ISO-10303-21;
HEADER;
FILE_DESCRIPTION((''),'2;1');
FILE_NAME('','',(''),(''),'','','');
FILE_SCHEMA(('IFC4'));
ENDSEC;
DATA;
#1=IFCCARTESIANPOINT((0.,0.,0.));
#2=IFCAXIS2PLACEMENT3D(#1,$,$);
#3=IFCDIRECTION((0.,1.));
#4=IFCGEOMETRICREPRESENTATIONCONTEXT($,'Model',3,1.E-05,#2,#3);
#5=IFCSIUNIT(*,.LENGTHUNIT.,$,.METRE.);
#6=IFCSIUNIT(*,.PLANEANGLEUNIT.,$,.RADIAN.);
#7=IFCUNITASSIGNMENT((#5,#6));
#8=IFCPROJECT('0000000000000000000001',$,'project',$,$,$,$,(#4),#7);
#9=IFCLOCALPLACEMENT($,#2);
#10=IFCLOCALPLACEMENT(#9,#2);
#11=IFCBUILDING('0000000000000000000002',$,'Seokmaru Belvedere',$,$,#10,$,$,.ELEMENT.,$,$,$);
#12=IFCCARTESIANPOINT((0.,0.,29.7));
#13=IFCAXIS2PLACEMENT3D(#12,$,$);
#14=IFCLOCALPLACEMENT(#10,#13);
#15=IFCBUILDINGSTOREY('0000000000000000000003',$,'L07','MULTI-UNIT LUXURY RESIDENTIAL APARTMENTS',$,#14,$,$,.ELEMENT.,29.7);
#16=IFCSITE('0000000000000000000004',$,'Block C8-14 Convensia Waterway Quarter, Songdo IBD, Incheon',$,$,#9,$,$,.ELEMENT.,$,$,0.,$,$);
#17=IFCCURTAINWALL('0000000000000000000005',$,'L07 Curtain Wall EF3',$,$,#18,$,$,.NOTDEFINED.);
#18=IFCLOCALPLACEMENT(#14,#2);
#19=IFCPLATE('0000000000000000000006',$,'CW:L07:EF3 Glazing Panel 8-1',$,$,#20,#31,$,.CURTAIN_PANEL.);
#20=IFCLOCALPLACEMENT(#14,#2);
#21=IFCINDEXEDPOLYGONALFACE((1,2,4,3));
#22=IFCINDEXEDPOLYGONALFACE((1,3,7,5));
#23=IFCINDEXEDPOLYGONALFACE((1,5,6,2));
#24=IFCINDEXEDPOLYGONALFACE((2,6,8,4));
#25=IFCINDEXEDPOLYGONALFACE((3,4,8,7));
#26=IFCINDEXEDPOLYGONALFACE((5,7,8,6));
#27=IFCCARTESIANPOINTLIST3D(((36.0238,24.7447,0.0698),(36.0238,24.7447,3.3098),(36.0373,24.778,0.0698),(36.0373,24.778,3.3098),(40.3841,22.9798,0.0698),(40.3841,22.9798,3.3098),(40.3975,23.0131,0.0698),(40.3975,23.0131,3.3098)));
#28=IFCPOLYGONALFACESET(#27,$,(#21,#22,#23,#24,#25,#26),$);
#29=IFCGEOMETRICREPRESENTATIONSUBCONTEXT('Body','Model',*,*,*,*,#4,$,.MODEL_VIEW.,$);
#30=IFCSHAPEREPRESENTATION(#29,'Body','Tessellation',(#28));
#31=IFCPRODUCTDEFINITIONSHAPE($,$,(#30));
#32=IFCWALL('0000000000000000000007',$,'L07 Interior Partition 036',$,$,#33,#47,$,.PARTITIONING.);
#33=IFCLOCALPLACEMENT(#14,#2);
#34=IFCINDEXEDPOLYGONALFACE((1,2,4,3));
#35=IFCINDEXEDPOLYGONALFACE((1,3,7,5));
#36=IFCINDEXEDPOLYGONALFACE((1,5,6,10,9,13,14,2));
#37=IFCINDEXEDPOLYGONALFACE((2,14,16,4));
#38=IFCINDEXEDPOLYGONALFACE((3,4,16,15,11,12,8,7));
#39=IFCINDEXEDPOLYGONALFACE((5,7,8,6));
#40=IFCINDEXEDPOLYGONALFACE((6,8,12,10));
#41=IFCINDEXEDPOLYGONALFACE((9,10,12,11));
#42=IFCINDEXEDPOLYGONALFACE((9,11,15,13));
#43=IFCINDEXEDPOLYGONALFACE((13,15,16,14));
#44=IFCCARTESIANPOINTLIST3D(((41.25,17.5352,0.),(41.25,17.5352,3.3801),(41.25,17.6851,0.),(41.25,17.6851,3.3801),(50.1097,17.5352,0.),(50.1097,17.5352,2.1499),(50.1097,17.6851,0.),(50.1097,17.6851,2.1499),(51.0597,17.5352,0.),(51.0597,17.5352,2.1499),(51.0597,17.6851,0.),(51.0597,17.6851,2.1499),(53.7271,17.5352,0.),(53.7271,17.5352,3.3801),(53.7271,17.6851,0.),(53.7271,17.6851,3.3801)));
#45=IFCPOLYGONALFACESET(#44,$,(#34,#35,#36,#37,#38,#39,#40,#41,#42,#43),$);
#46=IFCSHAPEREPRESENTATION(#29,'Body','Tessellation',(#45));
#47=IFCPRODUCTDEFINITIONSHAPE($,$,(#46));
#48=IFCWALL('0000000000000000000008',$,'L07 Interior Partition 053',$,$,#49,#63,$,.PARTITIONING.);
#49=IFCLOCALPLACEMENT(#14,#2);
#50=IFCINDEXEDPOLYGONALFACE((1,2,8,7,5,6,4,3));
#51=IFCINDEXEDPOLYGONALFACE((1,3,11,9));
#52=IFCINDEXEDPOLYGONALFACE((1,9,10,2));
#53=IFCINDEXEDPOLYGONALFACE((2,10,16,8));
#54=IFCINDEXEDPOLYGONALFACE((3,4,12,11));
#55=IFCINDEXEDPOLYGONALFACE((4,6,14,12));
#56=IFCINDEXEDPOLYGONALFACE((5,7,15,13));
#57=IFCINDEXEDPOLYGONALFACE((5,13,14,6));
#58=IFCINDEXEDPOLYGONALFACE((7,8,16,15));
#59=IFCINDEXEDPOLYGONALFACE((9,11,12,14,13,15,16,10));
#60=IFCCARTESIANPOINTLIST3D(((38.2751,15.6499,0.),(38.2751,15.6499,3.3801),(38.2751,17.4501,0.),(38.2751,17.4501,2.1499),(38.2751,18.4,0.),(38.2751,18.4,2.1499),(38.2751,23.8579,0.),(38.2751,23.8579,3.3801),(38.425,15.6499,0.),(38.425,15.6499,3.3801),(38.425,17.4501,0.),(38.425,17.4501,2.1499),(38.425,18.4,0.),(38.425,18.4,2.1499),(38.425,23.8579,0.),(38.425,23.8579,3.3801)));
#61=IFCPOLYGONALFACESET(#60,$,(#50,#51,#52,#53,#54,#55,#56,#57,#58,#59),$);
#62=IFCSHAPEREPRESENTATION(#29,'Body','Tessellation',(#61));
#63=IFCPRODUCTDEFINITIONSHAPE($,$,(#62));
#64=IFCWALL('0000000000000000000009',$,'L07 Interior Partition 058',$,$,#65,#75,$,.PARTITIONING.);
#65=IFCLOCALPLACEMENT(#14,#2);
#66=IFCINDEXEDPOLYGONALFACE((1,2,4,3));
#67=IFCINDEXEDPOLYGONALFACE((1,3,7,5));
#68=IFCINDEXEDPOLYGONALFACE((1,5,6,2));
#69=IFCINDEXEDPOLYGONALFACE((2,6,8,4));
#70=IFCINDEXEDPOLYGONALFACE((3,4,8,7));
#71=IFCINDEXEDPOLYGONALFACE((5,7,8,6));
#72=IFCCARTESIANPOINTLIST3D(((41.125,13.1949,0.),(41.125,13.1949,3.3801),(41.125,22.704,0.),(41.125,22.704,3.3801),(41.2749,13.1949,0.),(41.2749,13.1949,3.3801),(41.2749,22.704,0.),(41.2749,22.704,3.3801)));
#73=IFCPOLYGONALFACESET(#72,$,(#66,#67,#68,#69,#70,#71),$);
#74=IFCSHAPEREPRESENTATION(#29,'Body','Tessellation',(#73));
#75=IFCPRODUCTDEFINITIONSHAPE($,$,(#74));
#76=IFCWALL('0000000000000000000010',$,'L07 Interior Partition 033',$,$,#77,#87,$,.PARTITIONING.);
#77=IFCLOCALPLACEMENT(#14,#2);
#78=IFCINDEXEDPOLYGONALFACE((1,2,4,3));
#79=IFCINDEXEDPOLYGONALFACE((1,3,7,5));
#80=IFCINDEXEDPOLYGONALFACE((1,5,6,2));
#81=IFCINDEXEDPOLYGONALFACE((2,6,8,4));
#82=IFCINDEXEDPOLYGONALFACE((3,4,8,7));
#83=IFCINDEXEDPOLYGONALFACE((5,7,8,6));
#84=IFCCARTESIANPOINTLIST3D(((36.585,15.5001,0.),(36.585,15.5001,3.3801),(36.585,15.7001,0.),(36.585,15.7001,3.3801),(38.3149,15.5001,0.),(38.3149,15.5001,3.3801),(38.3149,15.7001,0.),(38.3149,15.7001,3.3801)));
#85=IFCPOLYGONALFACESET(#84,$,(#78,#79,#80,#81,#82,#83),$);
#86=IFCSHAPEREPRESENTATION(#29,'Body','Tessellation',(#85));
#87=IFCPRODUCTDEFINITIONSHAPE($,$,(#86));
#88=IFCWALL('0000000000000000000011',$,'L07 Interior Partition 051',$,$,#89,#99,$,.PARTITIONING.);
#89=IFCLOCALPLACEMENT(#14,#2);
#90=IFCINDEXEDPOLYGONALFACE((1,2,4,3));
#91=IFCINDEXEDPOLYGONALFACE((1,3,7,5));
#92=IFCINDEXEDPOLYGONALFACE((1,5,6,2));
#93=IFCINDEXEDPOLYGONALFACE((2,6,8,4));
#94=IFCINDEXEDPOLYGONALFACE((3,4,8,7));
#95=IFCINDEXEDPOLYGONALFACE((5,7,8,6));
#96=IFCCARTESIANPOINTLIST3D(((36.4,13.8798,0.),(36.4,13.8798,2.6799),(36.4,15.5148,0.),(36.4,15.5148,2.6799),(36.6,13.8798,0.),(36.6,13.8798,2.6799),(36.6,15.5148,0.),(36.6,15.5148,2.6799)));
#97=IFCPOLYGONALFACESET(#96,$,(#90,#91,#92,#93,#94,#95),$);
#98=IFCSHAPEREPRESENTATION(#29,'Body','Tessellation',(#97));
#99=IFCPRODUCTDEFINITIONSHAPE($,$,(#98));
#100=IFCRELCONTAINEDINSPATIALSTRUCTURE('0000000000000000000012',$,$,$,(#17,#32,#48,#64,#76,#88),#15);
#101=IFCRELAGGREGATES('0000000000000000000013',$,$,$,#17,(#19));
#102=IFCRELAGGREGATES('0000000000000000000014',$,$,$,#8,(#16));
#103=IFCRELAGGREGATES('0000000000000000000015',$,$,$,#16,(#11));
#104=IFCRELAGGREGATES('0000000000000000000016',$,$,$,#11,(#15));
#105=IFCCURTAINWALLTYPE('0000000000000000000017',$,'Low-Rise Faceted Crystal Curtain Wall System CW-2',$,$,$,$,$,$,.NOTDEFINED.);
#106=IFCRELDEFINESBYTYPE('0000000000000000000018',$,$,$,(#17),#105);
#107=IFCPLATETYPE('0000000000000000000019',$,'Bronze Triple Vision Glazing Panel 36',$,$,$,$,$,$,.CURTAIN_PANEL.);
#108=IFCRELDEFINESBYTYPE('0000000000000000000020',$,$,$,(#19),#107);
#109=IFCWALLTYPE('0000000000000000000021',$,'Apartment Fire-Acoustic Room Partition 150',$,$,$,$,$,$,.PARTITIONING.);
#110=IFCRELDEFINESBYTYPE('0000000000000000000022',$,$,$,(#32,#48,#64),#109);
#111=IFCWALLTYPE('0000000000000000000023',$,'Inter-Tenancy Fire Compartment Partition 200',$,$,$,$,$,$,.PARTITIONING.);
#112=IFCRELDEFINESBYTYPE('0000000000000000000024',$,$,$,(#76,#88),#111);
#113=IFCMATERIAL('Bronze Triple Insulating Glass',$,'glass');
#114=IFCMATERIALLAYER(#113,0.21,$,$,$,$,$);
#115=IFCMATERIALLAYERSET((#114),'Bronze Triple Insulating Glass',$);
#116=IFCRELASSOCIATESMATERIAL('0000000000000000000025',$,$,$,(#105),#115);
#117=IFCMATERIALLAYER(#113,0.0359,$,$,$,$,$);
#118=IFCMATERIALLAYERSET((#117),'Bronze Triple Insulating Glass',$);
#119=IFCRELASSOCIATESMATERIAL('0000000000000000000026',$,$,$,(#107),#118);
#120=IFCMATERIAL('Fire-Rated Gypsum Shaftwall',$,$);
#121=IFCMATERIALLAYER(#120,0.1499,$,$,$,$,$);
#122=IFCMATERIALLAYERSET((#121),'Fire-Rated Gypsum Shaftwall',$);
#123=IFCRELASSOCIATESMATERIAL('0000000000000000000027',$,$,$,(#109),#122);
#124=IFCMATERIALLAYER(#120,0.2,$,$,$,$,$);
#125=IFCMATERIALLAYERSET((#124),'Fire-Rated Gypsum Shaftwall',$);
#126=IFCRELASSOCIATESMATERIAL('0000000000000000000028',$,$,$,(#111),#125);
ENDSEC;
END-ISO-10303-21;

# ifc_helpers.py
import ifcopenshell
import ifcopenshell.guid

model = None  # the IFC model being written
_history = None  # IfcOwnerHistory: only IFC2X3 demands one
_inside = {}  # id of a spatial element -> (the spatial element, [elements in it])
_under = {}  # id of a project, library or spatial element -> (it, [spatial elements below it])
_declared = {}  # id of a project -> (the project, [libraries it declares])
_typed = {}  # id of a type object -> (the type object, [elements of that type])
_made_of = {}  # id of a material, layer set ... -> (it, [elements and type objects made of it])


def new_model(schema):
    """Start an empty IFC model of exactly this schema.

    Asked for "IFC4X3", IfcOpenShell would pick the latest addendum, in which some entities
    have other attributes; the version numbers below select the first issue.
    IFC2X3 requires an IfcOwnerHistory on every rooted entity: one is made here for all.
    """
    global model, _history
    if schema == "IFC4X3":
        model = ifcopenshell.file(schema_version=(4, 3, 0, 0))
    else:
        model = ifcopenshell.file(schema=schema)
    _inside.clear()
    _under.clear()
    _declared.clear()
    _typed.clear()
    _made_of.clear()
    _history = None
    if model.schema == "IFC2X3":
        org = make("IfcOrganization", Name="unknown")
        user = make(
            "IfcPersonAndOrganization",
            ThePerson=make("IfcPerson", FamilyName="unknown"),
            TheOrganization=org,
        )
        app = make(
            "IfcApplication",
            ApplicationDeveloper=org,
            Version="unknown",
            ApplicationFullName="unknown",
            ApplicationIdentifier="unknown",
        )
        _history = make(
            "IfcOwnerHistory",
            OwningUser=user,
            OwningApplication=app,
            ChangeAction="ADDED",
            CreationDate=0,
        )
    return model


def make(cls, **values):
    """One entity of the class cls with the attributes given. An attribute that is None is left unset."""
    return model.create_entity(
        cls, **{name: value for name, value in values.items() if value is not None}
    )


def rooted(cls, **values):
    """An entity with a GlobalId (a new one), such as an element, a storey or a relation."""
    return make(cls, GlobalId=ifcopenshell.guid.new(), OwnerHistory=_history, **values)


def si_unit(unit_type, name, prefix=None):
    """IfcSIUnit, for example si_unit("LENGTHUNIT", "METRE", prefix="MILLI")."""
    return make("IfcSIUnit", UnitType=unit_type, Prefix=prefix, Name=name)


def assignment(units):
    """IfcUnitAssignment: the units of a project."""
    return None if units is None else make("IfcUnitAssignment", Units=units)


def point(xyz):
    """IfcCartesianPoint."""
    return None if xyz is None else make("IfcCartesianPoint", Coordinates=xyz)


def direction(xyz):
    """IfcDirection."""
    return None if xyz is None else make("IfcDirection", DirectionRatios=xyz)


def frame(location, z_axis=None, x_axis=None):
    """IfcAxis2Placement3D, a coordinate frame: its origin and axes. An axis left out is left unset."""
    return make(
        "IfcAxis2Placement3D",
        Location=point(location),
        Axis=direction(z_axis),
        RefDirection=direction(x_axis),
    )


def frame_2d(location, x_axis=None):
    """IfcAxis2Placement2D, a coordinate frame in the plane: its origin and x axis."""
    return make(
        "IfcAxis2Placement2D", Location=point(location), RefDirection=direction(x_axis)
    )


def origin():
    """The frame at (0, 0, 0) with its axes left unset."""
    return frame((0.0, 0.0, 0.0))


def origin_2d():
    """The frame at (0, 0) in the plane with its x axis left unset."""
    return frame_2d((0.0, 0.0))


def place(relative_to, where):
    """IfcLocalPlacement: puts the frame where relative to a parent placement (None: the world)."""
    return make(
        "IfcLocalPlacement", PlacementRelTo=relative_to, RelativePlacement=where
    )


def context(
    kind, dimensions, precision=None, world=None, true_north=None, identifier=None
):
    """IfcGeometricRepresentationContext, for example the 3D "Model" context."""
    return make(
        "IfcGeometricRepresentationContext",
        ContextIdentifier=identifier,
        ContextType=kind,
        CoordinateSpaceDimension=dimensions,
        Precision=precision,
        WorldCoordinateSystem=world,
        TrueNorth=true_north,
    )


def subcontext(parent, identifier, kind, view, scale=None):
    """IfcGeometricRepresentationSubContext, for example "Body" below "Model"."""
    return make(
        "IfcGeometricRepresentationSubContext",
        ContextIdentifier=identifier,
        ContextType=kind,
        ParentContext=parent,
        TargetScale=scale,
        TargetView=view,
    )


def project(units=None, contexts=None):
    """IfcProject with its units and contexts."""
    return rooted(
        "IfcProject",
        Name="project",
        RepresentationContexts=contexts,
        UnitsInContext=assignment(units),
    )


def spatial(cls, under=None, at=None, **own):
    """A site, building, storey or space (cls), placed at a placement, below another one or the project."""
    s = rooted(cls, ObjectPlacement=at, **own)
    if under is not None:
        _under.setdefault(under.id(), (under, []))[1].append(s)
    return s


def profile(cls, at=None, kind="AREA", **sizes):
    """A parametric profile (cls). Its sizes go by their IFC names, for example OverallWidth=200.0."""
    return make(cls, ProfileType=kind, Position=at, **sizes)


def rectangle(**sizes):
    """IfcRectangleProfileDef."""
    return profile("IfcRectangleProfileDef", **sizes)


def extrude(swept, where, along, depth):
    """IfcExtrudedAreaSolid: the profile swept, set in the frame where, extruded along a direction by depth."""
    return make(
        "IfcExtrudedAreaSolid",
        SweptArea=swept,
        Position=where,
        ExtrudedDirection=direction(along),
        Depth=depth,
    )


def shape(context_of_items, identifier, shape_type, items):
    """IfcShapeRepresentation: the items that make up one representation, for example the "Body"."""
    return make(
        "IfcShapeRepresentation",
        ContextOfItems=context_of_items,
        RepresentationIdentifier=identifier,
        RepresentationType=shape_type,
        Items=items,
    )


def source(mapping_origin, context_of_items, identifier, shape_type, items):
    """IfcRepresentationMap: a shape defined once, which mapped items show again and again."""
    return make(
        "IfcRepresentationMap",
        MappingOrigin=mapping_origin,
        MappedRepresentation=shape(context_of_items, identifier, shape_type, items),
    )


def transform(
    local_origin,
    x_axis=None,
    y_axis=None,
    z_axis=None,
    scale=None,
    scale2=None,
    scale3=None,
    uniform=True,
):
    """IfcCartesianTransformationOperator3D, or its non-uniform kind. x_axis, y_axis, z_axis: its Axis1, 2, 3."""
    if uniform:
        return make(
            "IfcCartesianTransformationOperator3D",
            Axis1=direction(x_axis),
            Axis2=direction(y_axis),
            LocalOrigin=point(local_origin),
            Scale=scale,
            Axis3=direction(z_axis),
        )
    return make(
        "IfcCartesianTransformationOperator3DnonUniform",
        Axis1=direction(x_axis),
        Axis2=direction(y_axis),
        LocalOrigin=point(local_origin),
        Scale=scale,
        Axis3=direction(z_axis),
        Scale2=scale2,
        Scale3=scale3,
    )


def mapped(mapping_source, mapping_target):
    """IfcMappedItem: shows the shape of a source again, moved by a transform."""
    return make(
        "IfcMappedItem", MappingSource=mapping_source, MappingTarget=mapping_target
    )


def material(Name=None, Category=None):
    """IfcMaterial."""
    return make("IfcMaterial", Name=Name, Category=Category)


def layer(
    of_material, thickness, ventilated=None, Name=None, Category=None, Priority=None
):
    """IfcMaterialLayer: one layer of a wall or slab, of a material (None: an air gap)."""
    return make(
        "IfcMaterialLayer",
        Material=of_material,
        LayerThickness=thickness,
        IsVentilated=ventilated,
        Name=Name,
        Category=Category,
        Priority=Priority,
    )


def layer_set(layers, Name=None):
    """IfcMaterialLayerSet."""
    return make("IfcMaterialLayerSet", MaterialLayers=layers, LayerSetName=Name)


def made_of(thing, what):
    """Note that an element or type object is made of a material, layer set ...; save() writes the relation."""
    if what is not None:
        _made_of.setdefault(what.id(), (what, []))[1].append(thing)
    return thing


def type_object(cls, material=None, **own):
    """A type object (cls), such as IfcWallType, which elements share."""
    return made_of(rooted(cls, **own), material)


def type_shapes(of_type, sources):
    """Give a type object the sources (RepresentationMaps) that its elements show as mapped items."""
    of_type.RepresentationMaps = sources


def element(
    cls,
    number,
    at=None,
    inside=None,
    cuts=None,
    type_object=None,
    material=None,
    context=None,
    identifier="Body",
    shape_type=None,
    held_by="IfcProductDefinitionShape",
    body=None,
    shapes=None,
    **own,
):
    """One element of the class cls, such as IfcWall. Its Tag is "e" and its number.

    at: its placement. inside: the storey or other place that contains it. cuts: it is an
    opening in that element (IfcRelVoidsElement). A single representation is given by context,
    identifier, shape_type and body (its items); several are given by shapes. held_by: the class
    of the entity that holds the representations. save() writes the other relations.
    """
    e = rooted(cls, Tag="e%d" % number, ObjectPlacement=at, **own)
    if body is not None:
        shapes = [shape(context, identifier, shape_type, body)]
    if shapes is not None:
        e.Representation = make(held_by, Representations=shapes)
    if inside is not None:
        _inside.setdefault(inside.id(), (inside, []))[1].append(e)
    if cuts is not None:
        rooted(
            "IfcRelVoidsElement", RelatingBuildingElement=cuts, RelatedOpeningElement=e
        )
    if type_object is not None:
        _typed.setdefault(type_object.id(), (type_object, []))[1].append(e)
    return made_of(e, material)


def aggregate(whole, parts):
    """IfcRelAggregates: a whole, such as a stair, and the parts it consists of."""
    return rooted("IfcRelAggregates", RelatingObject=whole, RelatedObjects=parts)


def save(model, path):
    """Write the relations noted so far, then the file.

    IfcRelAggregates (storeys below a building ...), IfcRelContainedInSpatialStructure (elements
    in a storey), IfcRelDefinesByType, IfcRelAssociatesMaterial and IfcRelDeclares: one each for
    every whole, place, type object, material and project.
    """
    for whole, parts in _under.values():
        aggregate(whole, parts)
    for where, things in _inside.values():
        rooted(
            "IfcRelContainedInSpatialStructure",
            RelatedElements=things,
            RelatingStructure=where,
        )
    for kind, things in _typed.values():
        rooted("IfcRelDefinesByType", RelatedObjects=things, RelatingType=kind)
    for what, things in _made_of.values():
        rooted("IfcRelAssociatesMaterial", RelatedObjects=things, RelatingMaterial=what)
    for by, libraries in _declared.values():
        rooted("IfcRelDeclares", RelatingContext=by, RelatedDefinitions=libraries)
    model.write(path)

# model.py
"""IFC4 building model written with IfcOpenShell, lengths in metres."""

from ifc_helpers import new_model, si_unit, direction, frame, frame_2d, origin, origin_2d, place, context, subcontext, project, spatial, rectangle, extrude, source, transform, mapped, material, layer, layer_set, type_object, type_shapes, element, aggregate, save


model = new_model("IFC4")

# Units and contexts
model_context = context("Model", 3, precision=1e-05, world=origin(), true_north=direction((0.0, 1.0)))
body_context = subcontext(model_context, "Body", "Model", "MODEL_VIEW")
ifc_project = project(units=[si_unit("LENGTHUNIT", "METRE"), si_unit("PLANEANGLEUNIT", "RADIAN")], contexts=[model_context])

# Site, building, storey
site_placement = place(None, origin())
site = spatial("IfcSite", under=ifc_project, at=site_placement, Name="Block C8-14 Convensia Waterway Quarter, Songdo IBD, Incheon", CompositionType="ELEMENT", RefElevation=0.0)
building_placement = place(site_placement, origin())
building = spatial("IfcBuilding", under=site, at=building_placement, Name="Seokmaru Belvedere", CompositionType="ELEMENT")
storey_placement = place(building_placement, frame((0.0, 0.0, 29.7)))
storey = spatial("IfcBuildingStorey", under=building, at=storey_placement, Name="L07", Description="MULTI-UNIT LUXURY RESIDENTIAL APARTMENTS", CompositionType="ELEMENT", Elevation=29.7)

# Curtain wall, plate
ifc_material_1 = material(Name="Bronze Triple Insulating Glass", Category="glass")
ifc_layer_1 = layer(ifc_material_1, 0.21)
ifc_layer_set_1 = layer_set([ifc_layer_1], Name="Bronze Triple Insulating Glass")
curtain_wall_type = type_object("IfcCurtainWallType", Name="Low-Rise Faceted Crystal Curtain Wall System CW-2", PredefinedType="NOTDEFINED", material=ifc_layer_set_1)
curtain_wall_placement = place(storey_placement, origin())
curtain_wall = element("IfcCurtainWall", 1, at=curtain_wall_placement, inside=storey, type_object=curtain_wall_type, Name="L07 Curtain Wall EF3", PredefinedType="NOTDEFINED")
ifc_layer_2 = layer(ifc_material_1, 0.0359)
ifc_layer_set_2 = layer_set([ifc_layer_2], Name="Bronze Triple Insulating Glass")
plate_type = type_object("IfcPlateType", Name="Bronze Triple Vision Glazing Panel 36", PredefinedType="CURTAIN_PANEL", material=ifc_layer_set_2)
shared_shape_1 = source(origin(), body_context, "Body", "SweptSolid", [
    extrude(rectangle(XDim=4.7039, YDim=0.0359, at=origin_2d()), origin(), (0.0, 0.0, 1.0), 3.24),
])
type_shapes(plate_type, [shared_shape_1])
plate_1_placement = place(storey_placement, frame((38.2107, 23.8789, 0.0698), z_axis=(0.0, 0.0, 1.0), x_axis=(-0.926947, 0.375192, 0.0)))
plate_1 = element("IfcPlate", 2, at=plate_1_placement, type_object=plate_type, Name="CW:L07:EF3 Glazing Panel 8-1", PredefinedType="CURTAIN_PANEL", context=body_context, shape_type="MappedRepresentation", body=[
    mapped(shared_shape_1, transform((0.0, 0.0, 0.0), scale=1.0)),
])
aggregate(curtain_wall, [plate_1])

# Walls, openings
ifc_material_2 = material(Name="Fire-Rated Gypsum Shaftwall")
ifc_layer_3 = layer(ifc_material_2, 0.1499)
ifc_layer_set_3 = layer_set([ifc_layer_3], Name="Fire-Rated Gypsum Shaftwall")
wall_type_1 = type_object("IfcWallType", Name="Apartment Fire-Acoustic Room Partition 150", PredefinedType="PARTITIONING", material=ifc_layer_set_3)
wall_1_placement = place(storey_placement, frame((41.25, 17.6101, 0.0), z_axis=(0.0, 0.0, 1.0), x_axis=(1.0, 0.0, 0.0)))
wall_1 = element("IfcWall", 3, at=wall_1_placement, inside=storey, type_object=wall_type_1, Name="L07 Interior Partition 036", PredefinedType="PARTITIONING", context=body_context, shape_type="SweptSolid", body=[
    extrude(rectangle(XDim=12.4771, YDim=0.1499, at=frame_2d((6.2385, 0.0))), origin(), (0.0, 0.0, 1.0), 3.3801),
])
opening_1_placement = place(wall_1_placement, frame((8.8596, 0.0, 0.0)))
element("IfcOpeningElement", 4, at=opening_1_placement, cuts=wall_1, PredefinedType="OPENING", context=body_context, shape_type="SweptSolid", body=[
    extrude(rectangle(XDim=0.95, YDim=2.1499, at=frame_2d((0.4751, 1.075))), frame((0.0, 0.085, 0.0), z_axis=(0.0, -1.0, 0.0), x_axis=(1.0, 0.0, 0.0)), (0.0, 0.0, 1.0), 0.1699),
])
wall_2_placement = place(storey_placement, frame((38.3501, 15.6499, 0.0), z_axis=(0.0, 0.0, 1.0), x_axis=(0.0, 1.0, 0.0)))
wall_2 = element("IfcWall", 5, at=wall_2_placement, inside=storey, type_object=wall_type_1, Name="L07 Interior Partition 053", PredefinedType="PARTITIONING", context=body_context, shape_type="SweptSolid", body=[
    extrude(rectangle(XDim=8.208, YDim=0.1499, at=frame_2d((4.104, 0.0))), origin(), (0.0, 0.0, 1.0), 3.3801),
])
opening_2_placement = place(wall_2_placement, frame((1.8, 0.0, 0.0)))
element("IfcOpeningElement", 6, at=opening_2_placement, cuts=wall_2, PredefinedType="OPENING", context=body_context, shape_type="SweptSolid", body=[
    extrude(rectangle(XDim=0.95, YDim=2.1499, at=frame_2d((0.4751, 1.075))), frame((0.0, 0.085, 0.0), z_axis=(0.0, -1.0, 0.0), x_axis=(1.0, 0.0, 0.0)), (0.0, 0.0, 1.0), 0.1699),
])

# Walls
wall_3_placement = place(storey_placement, frame((41.2, 13.1951, 0.0), z_axis=(0.0, 0.0, 1.0), x_axis=(0.0, 1.0, 0.0)))
element("IfcWall", 7, at=wall_3_placement, inside=storey, type_object=wall_type_1, Name="L07 Interior Partition 058", PredefinedType="PARTITIONING", context=body_context, shape_type="SweptSolid", body=[
    extrude(rectangle(XDim=9.509, YDim=0.1499, at=frame_2d((4.7544, 0.0))), origin(), (0.0, 0.0, 1.0), 3.3801),
])
ifc_layer_4 = layer(ifc_material_2, 0.2)
ifc_layer_set_4 = layer_set([ifc_layer_4], Name="Fire-Rated Gypsum Shaftwall")
wall_type_2 = type_object("IfcWallType", Name="Inter-Tenancy Fire Compartment Partition 200", PredefinedType="PARTITIONING", material=ifc_layer_set_4)
wall_4_placement = place(storey_placement, frame((36.585, 15.6001, 0.0), z_axis=(0.0, 0.0, 1.0), x_axis=(1.0, 0.0, 0.0)))
element("IfcWall", 8, at=wall_4_placement, inside=storey, type_object=wall_type_2, Name="L07 Interior Partition 033", PredefinedType="PARTITIONING", context=body_context, shape_type="SweptSolid", body=[
    extrude(rectangle(XDim=1.73, YDim=0.2, at=frame_2d((0.865, 0.0))), origin(), (0.0, 0.0, 1.0), 3.3801),
])
wall_5_placement = place(storey_placement, frame((36.5, 13.8799, 0.0), z_axis=(0.0, 0.0, 1.0), x_axis=(0.0, 1.0, 0.0)))
element("IfcWall", 9, at=wall_5_placement, inside=storey, type_object=wall_type_2, Name="L07 Interior Partition 051", PredefinedType="PARTITIONING", context=body_context, shape_type="SweptSolid", body=[
    extrude(rectangle(XDim=1.635, YDim=0.2, at=frame_2d((0.8174, 0.0))), origin(), (0.0, 0.0, 1.0), 2.6799),
])

save(model, "model.ifc")
